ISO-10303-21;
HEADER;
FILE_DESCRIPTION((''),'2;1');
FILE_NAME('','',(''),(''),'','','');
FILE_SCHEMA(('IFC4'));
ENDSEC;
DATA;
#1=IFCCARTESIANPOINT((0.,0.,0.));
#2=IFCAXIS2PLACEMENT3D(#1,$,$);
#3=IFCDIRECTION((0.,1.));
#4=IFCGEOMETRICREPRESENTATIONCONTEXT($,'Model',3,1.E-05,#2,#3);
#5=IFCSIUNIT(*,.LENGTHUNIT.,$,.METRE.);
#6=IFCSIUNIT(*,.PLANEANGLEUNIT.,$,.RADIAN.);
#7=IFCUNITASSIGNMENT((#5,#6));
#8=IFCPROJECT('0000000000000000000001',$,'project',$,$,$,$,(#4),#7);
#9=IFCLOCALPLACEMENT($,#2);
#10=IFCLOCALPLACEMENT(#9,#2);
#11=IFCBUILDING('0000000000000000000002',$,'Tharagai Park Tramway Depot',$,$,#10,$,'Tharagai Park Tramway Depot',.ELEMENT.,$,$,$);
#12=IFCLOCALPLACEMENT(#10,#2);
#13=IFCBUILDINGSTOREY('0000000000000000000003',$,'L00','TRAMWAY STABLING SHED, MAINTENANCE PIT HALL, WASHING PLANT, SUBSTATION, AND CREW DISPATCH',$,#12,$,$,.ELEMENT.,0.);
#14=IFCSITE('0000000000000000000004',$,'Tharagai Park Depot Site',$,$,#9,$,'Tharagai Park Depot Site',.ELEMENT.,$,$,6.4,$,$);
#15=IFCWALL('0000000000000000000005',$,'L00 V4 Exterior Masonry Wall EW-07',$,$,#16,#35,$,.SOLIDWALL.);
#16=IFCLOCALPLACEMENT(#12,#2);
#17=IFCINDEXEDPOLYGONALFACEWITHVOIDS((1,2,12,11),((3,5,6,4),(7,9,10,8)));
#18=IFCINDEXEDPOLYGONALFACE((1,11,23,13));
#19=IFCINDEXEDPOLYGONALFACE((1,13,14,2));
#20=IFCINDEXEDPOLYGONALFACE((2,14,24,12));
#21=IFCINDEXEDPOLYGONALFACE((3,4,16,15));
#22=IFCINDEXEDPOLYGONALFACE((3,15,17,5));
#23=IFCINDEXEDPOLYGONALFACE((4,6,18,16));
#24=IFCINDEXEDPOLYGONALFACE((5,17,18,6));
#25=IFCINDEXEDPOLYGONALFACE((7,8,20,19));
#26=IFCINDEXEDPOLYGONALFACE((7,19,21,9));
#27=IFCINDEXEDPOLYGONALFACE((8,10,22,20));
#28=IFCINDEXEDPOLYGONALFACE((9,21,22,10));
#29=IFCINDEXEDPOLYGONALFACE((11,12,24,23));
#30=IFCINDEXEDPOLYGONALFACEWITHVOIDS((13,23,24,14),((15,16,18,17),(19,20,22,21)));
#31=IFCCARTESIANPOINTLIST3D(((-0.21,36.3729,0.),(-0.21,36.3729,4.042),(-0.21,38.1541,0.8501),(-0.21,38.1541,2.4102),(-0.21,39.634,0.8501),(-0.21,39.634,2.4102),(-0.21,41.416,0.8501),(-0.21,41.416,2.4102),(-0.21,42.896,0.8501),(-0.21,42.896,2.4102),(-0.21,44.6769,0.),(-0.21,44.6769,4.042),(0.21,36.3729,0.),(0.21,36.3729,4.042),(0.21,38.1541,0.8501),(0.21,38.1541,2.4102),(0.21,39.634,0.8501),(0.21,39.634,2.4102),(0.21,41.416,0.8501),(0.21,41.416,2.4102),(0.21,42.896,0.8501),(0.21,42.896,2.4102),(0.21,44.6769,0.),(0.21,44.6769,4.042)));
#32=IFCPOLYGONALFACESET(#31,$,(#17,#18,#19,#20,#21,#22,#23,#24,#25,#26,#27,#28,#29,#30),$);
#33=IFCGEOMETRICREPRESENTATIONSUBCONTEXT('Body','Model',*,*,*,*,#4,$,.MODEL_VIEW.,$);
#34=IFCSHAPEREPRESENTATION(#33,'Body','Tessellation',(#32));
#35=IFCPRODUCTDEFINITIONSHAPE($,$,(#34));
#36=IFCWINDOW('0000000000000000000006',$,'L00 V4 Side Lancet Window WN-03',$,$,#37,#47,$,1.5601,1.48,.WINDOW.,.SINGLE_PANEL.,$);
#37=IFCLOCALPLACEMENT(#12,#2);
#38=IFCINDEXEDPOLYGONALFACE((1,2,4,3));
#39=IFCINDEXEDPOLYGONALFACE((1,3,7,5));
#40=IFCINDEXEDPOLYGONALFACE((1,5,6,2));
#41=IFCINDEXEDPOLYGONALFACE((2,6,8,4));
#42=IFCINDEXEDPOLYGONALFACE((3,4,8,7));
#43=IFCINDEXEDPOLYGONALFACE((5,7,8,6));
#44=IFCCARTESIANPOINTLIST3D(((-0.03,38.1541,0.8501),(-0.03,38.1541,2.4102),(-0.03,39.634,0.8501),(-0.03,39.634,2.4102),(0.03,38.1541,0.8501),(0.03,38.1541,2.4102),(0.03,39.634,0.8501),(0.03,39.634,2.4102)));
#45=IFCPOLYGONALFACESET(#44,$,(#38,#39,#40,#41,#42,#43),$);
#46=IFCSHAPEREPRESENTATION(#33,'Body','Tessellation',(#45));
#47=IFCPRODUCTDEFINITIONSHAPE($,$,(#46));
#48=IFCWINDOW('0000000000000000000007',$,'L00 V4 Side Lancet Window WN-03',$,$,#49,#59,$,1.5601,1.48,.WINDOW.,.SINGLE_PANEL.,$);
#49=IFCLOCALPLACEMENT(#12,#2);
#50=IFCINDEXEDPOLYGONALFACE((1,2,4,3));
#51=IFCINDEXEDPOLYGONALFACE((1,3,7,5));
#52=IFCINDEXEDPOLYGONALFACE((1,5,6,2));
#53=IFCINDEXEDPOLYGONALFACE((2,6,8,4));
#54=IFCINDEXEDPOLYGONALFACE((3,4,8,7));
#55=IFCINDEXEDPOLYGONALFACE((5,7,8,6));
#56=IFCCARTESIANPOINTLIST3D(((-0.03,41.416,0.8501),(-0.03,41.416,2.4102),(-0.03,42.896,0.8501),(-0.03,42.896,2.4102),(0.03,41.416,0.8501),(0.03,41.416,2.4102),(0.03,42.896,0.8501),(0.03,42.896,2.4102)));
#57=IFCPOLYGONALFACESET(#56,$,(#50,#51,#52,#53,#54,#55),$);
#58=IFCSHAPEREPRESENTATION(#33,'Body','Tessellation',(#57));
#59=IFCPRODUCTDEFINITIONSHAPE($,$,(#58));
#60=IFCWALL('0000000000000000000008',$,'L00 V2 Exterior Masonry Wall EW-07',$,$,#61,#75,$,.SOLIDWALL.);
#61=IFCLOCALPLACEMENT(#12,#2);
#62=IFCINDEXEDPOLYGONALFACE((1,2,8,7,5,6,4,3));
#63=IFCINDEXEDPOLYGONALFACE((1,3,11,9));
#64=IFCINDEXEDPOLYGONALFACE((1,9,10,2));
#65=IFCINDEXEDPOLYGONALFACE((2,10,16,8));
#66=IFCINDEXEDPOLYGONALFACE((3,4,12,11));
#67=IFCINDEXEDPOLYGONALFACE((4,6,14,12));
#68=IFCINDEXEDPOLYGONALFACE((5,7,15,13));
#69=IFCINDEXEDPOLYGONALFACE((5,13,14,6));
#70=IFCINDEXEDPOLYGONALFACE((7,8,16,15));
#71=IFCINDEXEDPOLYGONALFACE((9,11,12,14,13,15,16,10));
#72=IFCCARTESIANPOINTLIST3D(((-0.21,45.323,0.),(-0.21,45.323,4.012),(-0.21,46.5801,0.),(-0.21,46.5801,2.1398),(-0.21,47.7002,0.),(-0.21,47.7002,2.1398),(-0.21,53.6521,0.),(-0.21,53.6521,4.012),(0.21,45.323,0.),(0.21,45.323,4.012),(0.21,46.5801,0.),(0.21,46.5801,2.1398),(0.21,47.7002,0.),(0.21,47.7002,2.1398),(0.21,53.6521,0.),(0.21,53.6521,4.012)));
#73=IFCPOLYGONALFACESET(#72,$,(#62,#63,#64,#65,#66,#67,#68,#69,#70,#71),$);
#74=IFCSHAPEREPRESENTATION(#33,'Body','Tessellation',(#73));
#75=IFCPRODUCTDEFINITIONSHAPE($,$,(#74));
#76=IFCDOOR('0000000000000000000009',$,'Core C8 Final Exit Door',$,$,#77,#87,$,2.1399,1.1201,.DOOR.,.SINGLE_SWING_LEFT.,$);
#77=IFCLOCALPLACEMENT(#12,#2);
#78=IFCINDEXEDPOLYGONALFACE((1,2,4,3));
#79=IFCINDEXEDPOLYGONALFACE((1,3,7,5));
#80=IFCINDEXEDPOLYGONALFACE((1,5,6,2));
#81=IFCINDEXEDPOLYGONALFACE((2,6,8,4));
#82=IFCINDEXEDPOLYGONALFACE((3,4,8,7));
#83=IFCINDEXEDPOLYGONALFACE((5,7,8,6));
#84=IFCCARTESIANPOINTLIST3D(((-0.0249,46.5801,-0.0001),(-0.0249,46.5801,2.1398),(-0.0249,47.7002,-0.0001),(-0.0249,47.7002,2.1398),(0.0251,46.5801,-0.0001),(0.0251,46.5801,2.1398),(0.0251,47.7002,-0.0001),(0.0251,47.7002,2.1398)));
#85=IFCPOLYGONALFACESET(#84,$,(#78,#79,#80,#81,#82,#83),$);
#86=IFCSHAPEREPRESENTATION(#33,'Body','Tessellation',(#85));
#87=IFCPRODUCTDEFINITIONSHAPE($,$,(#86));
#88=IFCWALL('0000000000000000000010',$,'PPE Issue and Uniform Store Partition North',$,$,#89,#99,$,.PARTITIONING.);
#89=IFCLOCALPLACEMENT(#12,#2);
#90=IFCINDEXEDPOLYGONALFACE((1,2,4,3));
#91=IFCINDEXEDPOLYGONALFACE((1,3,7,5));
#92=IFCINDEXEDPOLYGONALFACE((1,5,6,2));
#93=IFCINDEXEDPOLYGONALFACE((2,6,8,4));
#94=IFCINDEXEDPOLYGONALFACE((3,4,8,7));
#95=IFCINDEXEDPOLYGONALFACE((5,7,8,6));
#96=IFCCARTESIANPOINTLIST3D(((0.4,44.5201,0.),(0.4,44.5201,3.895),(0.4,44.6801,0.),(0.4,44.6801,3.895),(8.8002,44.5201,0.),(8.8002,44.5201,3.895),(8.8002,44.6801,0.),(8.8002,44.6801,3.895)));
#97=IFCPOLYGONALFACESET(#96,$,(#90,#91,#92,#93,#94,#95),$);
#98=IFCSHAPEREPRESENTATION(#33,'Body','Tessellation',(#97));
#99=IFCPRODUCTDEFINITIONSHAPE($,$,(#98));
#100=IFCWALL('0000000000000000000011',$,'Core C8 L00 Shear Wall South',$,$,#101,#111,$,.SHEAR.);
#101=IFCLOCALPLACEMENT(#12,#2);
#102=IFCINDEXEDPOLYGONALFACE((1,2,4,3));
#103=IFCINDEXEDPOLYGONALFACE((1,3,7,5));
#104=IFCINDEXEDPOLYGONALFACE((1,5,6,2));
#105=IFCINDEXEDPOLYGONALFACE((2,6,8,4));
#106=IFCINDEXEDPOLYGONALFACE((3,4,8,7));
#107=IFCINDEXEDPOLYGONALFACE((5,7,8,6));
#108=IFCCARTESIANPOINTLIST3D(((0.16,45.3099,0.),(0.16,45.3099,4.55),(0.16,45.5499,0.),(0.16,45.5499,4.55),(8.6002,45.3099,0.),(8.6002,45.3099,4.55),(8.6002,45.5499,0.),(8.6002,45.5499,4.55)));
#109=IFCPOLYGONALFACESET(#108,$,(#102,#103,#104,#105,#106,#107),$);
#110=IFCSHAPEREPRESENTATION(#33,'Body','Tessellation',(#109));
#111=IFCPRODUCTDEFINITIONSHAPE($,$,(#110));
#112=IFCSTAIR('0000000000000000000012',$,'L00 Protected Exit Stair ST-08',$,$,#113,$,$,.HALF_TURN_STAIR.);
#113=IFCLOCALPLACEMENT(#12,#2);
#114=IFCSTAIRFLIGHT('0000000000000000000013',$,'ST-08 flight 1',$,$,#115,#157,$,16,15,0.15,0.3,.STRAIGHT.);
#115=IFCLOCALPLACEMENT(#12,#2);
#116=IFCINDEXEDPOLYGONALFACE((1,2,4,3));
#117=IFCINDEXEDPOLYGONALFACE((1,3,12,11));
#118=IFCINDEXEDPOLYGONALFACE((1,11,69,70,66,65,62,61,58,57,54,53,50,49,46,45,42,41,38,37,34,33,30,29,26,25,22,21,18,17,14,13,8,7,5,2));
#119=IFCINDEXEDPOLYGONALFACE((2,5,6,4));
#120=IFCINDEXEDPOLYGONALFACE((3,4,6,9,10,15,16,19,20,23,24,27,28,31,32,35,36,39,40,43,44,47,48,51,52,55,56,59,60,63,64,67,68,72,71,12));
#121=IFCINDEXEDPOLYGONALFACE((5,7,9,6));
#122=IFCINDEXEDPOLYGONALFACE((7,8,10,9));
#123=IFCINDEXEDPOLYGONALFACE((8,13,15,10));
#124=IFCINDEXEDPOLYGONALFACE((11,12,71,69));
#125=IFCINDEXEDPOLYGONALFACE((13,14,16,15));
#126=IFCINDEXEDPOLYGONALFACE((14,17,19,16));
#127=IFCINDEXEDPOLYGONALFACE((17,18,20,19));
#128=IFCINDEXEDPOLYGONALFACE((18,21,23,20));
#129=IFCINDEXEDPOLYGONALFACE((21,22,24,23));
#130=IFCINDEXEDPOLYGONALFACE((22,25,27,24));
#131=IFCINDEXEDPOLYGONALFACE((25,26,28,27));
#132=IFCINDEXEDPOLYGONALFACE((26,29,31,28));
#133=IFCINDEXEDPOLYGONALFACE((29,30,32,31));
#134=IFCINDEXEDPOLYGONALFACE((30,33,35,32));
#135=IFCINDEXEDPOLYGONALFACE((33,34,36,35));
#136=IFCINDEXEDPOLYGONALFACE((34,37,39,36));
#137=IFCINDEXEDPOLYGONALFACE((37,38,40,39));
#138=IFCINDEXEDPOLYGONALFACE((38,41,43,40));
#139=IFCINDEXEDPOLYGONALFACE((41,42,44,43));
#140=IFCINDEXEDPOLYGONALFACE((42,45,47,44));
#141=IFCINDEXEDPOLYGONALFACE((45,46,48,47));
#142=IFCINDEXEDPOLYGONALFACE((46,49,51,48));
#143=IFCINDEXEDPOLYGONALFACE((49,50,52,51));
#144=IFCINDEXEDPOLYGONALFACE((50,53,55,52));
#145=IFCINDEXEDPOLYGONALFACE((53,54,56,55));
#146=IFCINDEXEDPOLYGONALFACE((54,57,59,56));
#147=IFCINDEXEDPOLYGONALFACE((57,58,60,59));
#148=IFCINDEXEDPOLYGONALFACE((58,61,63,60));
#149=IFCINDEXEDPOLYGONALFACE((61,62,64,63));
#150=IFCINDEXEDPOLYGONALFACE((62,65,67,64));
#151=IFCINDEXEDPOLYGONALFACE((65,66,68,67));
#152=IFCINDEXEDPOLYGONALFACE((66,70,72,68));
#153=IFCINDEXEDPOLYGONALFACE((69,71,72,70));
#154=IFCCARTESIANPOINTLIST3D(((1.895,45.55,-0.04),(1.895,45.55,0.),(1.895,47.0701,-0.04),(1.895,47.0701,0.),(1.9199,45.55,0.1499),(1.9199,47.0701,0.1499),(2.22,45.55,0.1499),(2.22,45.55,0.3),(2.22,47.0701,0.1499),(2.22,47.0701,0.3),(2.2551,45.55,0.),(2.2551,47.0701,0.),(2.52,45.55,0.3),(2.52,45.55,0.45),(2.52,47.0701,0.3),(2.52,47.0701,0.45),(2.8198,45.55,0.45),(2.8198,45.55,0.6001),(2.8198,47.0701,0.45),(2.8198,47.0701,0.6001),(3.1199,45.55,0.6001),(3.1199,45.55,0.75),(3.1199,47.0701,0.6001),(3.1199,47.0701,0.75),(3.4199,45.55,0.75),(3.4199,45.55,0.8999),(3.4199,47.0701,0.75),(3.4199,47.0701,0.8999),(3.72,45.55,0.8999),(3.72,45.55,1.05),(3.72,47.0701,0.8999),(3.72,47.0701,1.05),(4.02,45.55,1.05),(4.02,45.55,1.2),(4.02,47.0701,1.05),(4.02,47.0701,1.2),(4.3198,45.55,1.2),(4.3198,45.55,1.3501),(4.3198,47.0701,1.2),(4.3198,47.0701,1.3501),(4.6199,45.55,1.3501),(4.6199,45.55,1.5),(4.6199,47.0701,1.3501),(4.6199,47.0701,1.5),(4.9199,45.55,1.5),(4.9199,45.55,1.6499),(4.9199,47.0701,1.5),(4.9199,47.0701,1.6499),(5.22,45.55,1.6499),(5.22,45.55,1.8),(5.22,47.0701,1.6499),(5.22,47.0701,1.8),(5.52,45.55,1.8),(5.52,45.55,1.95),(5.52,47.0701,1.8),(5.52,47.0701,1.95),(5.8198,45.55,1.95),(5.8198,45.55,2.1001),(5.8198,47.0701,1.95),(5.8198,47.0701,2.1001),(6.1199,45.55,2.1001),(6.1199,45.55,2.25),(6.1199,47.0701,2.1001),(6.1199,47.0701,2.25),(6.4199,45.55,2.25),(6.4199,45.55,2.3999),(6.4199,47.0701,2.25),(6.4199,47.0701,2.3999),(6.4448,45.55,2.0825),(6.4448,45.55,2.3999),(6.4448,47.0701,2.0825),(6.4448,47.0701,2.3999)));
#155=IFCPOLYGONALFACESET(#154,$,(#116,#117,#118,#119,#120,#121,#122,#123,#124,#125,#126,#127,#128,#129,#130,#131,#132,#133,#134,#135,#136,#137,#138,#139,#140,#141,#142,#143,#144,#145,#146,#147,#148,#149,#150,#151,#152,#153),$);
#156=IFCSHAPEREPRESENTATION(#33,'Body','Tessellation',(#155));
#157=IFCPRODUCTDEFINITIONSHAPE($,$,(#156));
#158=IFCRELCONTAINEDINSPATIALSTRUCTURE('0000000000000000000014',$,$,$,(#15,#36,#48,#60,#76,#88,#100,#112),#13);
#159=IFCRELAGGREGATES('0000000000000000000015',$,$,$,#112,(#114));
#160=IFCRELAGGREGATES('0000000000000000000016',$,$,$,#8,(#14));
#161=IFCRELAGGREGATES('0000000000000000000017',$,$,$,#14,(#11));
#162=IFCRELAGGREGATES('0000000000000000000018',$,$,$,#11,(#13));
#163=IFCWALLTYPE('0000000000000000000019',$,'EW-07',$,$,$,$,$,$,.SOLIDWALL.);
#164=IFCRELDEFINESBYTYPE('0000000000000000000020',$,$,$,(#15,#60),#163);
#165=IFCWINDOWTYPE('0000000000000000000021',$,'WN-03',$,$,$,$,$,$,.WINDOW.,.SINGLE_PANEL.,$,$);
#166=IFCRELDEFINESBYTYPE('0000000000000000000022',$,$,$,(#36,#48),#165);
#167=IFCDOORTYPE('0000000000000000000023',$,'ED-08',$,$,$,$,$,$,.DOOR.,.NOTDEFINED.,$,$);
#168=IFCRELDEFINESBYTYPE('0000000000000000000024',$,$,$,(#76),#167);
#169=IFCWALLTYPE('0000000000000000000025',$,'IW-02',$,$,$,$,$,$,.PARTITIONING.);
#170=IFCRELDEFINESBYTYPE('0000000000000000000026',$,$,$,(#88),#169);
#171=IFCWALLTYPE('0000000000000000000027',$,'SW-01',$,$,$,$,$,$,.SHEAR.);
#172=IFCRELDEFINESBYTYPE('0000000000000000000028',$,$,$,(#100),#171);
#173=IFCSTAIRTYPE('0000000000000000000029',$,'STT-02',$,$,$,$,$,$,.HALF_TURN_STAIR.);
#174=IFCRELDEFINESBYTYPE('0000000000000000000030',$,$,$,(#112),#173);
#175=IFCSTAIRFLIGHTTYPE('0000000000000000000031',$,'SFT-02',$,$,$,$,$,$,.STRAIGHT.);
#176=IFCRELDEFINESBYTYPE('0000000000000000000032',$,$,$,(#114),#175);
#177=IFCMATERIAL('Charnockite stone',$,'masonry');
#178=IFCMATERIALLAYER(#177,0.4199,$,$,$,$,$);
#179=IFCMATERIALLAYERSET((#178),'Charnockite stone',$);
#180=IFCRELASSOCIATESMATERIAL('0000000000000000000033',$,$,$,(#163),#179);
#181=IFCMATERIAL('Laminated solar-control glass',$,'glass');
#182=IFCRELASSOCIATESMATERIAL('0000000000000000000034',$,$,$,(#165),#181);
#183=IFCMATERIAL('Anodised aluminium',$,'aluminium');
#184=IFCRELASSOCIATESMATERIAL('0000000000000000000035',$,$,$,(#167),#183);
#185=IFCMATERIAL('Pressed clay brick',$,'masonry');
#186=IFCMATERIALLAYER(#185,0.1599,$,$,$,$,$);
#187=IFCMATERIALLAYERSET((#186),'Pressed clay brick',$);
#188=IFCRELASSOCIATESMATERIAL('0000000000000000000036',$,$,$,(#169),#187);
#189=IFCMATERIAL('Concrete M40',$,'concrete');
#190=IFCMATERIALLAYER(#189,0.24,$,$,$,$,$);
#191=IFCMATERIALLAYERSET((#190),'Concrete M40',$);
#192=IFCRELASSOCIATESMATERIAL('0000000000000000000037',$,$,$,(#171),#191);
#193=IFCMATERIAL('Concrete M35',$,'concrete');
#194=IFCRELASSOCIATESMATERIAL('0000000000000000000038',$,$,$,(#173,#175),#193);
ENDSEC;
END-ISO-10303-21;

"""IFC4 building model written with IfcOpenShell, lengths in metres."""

from ifc_helpers import new_model, si_unit, direction, frame, frame_2d, origin, place, context, subcontext, project, spatial, polyline, rectangle, outline, extrude, material, layer, layer_set, type_object, element, fill, aggregate, save


model = new_model("IFC4")

# Units and contexts
model_context = context("Model", 3, precision=1e-05, world=origin(), true_north=direction((0.0, 1.0)))
body_context = subcontext(model_context, "Body", "Model", "MODEL_VIEW")
ifc_project = project(units=[si_unit("LENGTHUNIT", "METRE"), si_unit("PLANEANGLEUNIT", "RADIAN")], contexts=[model_context])

# Site, building, storey
site_placement = place(None, origin())
site = spatial("IfcSite", under=ifc_project, at=site_placement, Name="Tharagai Park Depot Site", LongName="Tharagai Park Depot Site", CompositionType="ELEMENT", RefElevation=6.4)
building_placement = place(site_placement, origin())
building = spatial("IfcBuilding", under=site, at=building_placement, Name="Tharagai Park Tramway Depot", LongName="Tharagai Park Tramway Depot", CompositionType="ELEMENT")
storey_placement = place(building_placement, origin())
storey = spatial("IfcBuildingStorey", under=building, at=storey_placement, Name="L00", Description="TRAMWAY STABLING SHED, MAINTENANCE PIT HALL, WASHING PLANT, SUBSTATION, AND CREW DISPATCH", CompositionType="ELEMENT", Elevation=0.0)

# Shared definitions
ifc_material_1 = material(Name="Concrete M40", Category="concrete")

# Wall, openings, windows
ifc_material_2 = material(Name="Charnockite stone", Category="masonry")
ifc_layer_1 = layer(ifc_material_2, 0.4199)
ifc_layer_set_1 = layer_set([ifc_layer_1], Name="Charnockite stone")
wall_type_1 = type_object("IfcWallType", Name="EW-07", PredefinedType="SOLIDWALL", material=ifc_layer_set_1)
wall_1_placement = place(storey_placement, frame((0.0, 36.373, 0.0), z_axis=(0.0, 0.0, 1.0), x_axis=(0.0, 1.0, 0.0)))
wall_1 = element("IfcWall", 1, at=wall_1_placement, inside=storey, type_object=wall_type_1, Name="L00 V4 Exterior Masonry Wall EW-07", PredefinedType="SOLIDWALL", context=body_context, shape_type="SweptSolid", body=[
    extrude(rectangle(XDim=8.304, YDim=0.4199, at=frame_2d((4.1519, 0.0))), origin(), (0.0, 0.0, 1.0), 4.042),
])
opening_1_placement = place(wall_1_placement, frame((1.781, 0.0, 0.8501)))
opening_1 = element("IfcOpeningElement", 2, at=opening_1_placement, cuts=wall_1, PredefinedType="OPENING", context=body_context, shape_type="SweptSolid", body=[
    extrude(rectangle(XDim=1.48, YDim=1.5601, at=frame_2d((0.74, 0.78))), frame((0.0, 0.22, 0.0), z_axis=(0.0, -1.0, 0.0), x_axis=(1.0, 0.0, 0.0)), (0.0, 0.0, 1.0), 0.4399),
])
opening_2_placement = place(wall_1_placement, frame((5.043, 0.0, 0.8501)))
opening_2 = element("IfcOpeningElement", 3, at=opening_2_placement, cuts=wall_1, PredefinedType="OPENING", context=body_context, shape_type="SweptSolid", body=[
    extrude(rectangle(XDim=1.48, YDim=1.5601, at=frame_2d((0.74, 0.78))), frame((0.0, 0.22, 0.0), z_axis=(0.0, -1.0, 0.0), x_axis=(1.0, 0.0, 0.0)), (0.0, 0.0, 1.0), 0.4399),
])
ifc_material_3 = material(Name="Laminated solar-control glass", Category="glass")
window_type = type_object("IfcWindowType", Name="WN-03", PartitioningType="SINGLE_PANEL", PredefinedType="WINDOW", material=ifc_material_3)
window_1_placement = place(opening_1_placement, origin())
window_1 = element("IfcWindow", 4, at=window_1_placement, inside=storey, type_object=window_type, Name="L00 V4 Side Lancet Window WN-03", OverallHeight=1.5601, OverallWidth=1.48, PartitioningType="SINGLE_PANEL", PredefinedType="WINDOW", context=body_context, shape_type="SweptSolid", body=[
    extrude(rectangle(XDim=1.48, YDim=1.5601, at=frame_2d((0.74, 0.78))), frame((0.0, 0.03, 0.0), z_axis=(0.0, -1.0, 0.0), x_axis=(1.0, 0.0, 0.0)), (0.0, 0.0, 1.0), 0.0601),
])
fill(opening_1, window_1)
window_2_placement = place(opening_2_placement, origin())
window_2 = element("IfcWindow", 5, at=window_2_placement, inside=storey, type_object=window_type, Name="L00 V4 Side Lancet Window WN-03", OverallHeight=1.5601, OverallWidth=1.48, PartitioningType="SINGLE_PANEL", PredefinedType="WINDOW", context=body_context, shape_type="SweptSolid", body=[
    extrude(rectangle(XDim=1.48, YDim=1.5601, at=frame_2d((0.74, 0.78))), frame((0.0, 0.03, 0.0), z_axis=(0.0, -1.0, 0.0), x_axis=(1.0, 0.0, 0.0)), (0.0, 0.0, 1.0), 0.0601),
])
fill(opening_2, window_2)

# Wall, opening, door
wall_2_placement = place(storey_placement, frame((0.0, 45.323, 0.0), z_axis=(0.0, 0.0, 1.0), x_axis=(0.0, 1.0, 0.0)))
wall_2 = element("IfcWall", 6, at=wall_2_placement, inside=storey, type_object=wall_type_1, Name="L00 V2 Exterior Masonry Wall EW-07", PredefinedType="SOLIDWALL", context=body_context, shape_type="SweptSolid", body=[
    extrude(rectangle(XDim=8.3291, YDim=0.4199, at=frame_2d((4.1646, 0.0))), origin(), (0.0, 0.0, 1.0), 4.012),
])
opening_3_placement = place(wall_2_placement, frame((1.2571, 0.0, 0.0)))
opening_3 = element("IfcOpeningElement", 7, at=opening_3_placement, cuts=wall_2, PredefinedType="OPENING", context=body_context, shape_type="SweptSolid", body=[
    extrude(rectangle(XDim=1.1201, YDim=2.1399, at=frame_2d((0.5601, 1.0698))), frame((0.0, 0.22, 0.0), z_axis=(0.0, -1.0, 0.0), x_axis=(1.0, 0.0, 0.0)), (0.0, 0.0, 1.0), 0.4399),
])
ifc_material_4 = material(Name="Anodised aluminium", Category="aluminium")
door_type = type_object("IfcDoorType", Name="ED-08", OperationType="NOTDEFINED", PredefinedType="DOOR", material=ifc_material_4)
door_placement = place(opening_3_placement, origin())
door = element("IfcDoor", 8, at=door_placement, inside=storey, type_object=door_type, Name="Core C8 Final Exit Door", OperationType="SINGLE_SWING_LEFT", OverallHeight=2.1399, OverallWidth=1.1201, PredefinedType="DOOR", context=body_context, shape_type="SweptSolid", body=[
    extrude(rectangle(XDim=1.1201, YDim=2.1399, at=frame_2d((0.5601, 1.0698))), frame((0.0, 0.0249, 0.0), z_axis=(0.0, -1.0, 0.0), x_axis=(1.0, 0.0, 0.0)), (0.0, 0.0, 1.0), 0.05),
])
fill(opening_3, door)

# Walls
ifc_material_5 = material(Name="Pressed clay brick", Category="masonry")
ifc_layer_2 = layer(ifc_material_5, 0.1599)
ifc_layer_set_2 = layer_set([ifc_layer_2], Name="Pressed clay brick")
wall_type_2 = type_object("IfcWallType", Name="IW-02", PredefinedType="PARTITIONING", material=ifc_layer_set_2)
wall_3_placement = place(storey_placement, frame((0.3999, 44.6001, 0.0), z_axis=(0.0, 0.0, 1.0), x_axis=(1.0, 0.0, 0.0)))
element("IfcWall", 9, at=wall_3_placement, inside=storey, type_object=wall_type_2, Name="PPE Issue and Uniform Store Partition North", PredefinedType="PARTITIONING", context=body_context, shape_type="SweptSolid", body=[
    extrude(rectangle(XDim=8.4001, YDim=0.1599, at=frame_2d((4.2002, 0.0))), origin(), (0.0, 0.0, 1.0), 3.895),
])
ifc_layer_3 = layer(ifc_material_1, 0.24)
ifc_layer_set_3 = layer_set([ifc_layer_3], Name="Concrete M40")
wall_type_3 = type_object("IfcWallType", Name="SW-01", PredefinedType="SHEAR", material=ifc_layer_set_3)
wall_4_placement = place(storey_placement, frame((0.1599, 45.4299, 0.0), z_axis=(0.0, 0.0, 1.0), x_axis=(1.0, 0.0, 0.0)))
element("IfcWall", 10, at=wall_4_placement, inside=storey, type_object=wall_type_3, Name="Core C8 L00 Shear Wall South", PredefinedType="SHEAR", context=body_context, shape_type="SweptSolid", body=[
    extrude(rectangle(XDim=8.4402, YDim=0.24, at=frame_2d((4.2202, 0.0))), origin(), (0.0, 0.0, 1.0), 4.55),
])

# Stair, stair flight
ifc_material_6 = material(Name="Concrete M35", Category="concrete")
stair_type = type_object("IfcStairType", Name="STT-02", PredefinedType="HALF_TURN_STAIR", material=ifc_material_6)
stair_placement = place(storey_placement, origin())
stair = element("IfcStair", 11, at=stair_placement, inside=storey, type_object=stair_type, Name="L00 Protected Exit Stair ST-08", PredefinedType="HALF_TURN_STAIR")
stair_flight_type = type_object("IfcStairFlightType", Name="SFT-02", PredefinedType="STRAIGHT", material=ifc_material_6)
stair_flight_placement = place(storey_placement, frame((1.9199, 46.3101, 0.0), z_axis=(0.0, 0.0, 1.0), x_axis=(1.0, 0.0, 0.0)))
stair_flight = element("IfcStairFlight", 12, at=stair_flight_placement, type_object=stair_flight_type, Name="ST-08 flight 1", NumberOfRisers=16, NumberOfTreads=15, PredefinedType="STRAIGHT", RiserHeight=0.15, TreadLength=0.3, context=body_context, shape_type="SweptSolid", body=[
    extrude(outline(polyline([(-0.0249, 0.0), (0.0, 0.1499), (0.3, 0.1499), (0.3, 0.3), (0.6001, 0.3), (0.6001, 0.45), (0.8999, 0.45), (0.8999, 0.6001), (1.2, 0.6001), (1.2, 0.75), (1.5, 0.75), (1.5, 0.8999), (1.8, 0.8999), (1.8, 1.05), (2.1001, 1.05), (2.1001, 1.2), (2.3999, 1.2), (2.3999, 1.3501), (2.7, 1.3501), (2.7, 1.5), (3.0, 1.5), (3.0, 1.6499), (3.3, 1.6499), (3.3, 1.8), (3.6001, 1.8), (3.6001, 1.95), (3.8999, 1.95), (3.8999, 2.1001), (4.2, 2.1001), (4.2, 2.25), (4.5, 2.25), (4.5, 2.3999), (4.5249, 2.3999), (4.5249, 2.0825), (0.3352, 0.0), (-0.0249, -0.04), (-0.0249, 0.0)])), frame((0.0, 0.76, 0.0), z_axis=(0.0, -1.0, 0.0), x_axis=(1.0, 0.0, 0.0)), (0.0, 0.0, 1.0), 1.52),
])
aggregate(stair, [stair_flight])

save(model, "model.ifc")
